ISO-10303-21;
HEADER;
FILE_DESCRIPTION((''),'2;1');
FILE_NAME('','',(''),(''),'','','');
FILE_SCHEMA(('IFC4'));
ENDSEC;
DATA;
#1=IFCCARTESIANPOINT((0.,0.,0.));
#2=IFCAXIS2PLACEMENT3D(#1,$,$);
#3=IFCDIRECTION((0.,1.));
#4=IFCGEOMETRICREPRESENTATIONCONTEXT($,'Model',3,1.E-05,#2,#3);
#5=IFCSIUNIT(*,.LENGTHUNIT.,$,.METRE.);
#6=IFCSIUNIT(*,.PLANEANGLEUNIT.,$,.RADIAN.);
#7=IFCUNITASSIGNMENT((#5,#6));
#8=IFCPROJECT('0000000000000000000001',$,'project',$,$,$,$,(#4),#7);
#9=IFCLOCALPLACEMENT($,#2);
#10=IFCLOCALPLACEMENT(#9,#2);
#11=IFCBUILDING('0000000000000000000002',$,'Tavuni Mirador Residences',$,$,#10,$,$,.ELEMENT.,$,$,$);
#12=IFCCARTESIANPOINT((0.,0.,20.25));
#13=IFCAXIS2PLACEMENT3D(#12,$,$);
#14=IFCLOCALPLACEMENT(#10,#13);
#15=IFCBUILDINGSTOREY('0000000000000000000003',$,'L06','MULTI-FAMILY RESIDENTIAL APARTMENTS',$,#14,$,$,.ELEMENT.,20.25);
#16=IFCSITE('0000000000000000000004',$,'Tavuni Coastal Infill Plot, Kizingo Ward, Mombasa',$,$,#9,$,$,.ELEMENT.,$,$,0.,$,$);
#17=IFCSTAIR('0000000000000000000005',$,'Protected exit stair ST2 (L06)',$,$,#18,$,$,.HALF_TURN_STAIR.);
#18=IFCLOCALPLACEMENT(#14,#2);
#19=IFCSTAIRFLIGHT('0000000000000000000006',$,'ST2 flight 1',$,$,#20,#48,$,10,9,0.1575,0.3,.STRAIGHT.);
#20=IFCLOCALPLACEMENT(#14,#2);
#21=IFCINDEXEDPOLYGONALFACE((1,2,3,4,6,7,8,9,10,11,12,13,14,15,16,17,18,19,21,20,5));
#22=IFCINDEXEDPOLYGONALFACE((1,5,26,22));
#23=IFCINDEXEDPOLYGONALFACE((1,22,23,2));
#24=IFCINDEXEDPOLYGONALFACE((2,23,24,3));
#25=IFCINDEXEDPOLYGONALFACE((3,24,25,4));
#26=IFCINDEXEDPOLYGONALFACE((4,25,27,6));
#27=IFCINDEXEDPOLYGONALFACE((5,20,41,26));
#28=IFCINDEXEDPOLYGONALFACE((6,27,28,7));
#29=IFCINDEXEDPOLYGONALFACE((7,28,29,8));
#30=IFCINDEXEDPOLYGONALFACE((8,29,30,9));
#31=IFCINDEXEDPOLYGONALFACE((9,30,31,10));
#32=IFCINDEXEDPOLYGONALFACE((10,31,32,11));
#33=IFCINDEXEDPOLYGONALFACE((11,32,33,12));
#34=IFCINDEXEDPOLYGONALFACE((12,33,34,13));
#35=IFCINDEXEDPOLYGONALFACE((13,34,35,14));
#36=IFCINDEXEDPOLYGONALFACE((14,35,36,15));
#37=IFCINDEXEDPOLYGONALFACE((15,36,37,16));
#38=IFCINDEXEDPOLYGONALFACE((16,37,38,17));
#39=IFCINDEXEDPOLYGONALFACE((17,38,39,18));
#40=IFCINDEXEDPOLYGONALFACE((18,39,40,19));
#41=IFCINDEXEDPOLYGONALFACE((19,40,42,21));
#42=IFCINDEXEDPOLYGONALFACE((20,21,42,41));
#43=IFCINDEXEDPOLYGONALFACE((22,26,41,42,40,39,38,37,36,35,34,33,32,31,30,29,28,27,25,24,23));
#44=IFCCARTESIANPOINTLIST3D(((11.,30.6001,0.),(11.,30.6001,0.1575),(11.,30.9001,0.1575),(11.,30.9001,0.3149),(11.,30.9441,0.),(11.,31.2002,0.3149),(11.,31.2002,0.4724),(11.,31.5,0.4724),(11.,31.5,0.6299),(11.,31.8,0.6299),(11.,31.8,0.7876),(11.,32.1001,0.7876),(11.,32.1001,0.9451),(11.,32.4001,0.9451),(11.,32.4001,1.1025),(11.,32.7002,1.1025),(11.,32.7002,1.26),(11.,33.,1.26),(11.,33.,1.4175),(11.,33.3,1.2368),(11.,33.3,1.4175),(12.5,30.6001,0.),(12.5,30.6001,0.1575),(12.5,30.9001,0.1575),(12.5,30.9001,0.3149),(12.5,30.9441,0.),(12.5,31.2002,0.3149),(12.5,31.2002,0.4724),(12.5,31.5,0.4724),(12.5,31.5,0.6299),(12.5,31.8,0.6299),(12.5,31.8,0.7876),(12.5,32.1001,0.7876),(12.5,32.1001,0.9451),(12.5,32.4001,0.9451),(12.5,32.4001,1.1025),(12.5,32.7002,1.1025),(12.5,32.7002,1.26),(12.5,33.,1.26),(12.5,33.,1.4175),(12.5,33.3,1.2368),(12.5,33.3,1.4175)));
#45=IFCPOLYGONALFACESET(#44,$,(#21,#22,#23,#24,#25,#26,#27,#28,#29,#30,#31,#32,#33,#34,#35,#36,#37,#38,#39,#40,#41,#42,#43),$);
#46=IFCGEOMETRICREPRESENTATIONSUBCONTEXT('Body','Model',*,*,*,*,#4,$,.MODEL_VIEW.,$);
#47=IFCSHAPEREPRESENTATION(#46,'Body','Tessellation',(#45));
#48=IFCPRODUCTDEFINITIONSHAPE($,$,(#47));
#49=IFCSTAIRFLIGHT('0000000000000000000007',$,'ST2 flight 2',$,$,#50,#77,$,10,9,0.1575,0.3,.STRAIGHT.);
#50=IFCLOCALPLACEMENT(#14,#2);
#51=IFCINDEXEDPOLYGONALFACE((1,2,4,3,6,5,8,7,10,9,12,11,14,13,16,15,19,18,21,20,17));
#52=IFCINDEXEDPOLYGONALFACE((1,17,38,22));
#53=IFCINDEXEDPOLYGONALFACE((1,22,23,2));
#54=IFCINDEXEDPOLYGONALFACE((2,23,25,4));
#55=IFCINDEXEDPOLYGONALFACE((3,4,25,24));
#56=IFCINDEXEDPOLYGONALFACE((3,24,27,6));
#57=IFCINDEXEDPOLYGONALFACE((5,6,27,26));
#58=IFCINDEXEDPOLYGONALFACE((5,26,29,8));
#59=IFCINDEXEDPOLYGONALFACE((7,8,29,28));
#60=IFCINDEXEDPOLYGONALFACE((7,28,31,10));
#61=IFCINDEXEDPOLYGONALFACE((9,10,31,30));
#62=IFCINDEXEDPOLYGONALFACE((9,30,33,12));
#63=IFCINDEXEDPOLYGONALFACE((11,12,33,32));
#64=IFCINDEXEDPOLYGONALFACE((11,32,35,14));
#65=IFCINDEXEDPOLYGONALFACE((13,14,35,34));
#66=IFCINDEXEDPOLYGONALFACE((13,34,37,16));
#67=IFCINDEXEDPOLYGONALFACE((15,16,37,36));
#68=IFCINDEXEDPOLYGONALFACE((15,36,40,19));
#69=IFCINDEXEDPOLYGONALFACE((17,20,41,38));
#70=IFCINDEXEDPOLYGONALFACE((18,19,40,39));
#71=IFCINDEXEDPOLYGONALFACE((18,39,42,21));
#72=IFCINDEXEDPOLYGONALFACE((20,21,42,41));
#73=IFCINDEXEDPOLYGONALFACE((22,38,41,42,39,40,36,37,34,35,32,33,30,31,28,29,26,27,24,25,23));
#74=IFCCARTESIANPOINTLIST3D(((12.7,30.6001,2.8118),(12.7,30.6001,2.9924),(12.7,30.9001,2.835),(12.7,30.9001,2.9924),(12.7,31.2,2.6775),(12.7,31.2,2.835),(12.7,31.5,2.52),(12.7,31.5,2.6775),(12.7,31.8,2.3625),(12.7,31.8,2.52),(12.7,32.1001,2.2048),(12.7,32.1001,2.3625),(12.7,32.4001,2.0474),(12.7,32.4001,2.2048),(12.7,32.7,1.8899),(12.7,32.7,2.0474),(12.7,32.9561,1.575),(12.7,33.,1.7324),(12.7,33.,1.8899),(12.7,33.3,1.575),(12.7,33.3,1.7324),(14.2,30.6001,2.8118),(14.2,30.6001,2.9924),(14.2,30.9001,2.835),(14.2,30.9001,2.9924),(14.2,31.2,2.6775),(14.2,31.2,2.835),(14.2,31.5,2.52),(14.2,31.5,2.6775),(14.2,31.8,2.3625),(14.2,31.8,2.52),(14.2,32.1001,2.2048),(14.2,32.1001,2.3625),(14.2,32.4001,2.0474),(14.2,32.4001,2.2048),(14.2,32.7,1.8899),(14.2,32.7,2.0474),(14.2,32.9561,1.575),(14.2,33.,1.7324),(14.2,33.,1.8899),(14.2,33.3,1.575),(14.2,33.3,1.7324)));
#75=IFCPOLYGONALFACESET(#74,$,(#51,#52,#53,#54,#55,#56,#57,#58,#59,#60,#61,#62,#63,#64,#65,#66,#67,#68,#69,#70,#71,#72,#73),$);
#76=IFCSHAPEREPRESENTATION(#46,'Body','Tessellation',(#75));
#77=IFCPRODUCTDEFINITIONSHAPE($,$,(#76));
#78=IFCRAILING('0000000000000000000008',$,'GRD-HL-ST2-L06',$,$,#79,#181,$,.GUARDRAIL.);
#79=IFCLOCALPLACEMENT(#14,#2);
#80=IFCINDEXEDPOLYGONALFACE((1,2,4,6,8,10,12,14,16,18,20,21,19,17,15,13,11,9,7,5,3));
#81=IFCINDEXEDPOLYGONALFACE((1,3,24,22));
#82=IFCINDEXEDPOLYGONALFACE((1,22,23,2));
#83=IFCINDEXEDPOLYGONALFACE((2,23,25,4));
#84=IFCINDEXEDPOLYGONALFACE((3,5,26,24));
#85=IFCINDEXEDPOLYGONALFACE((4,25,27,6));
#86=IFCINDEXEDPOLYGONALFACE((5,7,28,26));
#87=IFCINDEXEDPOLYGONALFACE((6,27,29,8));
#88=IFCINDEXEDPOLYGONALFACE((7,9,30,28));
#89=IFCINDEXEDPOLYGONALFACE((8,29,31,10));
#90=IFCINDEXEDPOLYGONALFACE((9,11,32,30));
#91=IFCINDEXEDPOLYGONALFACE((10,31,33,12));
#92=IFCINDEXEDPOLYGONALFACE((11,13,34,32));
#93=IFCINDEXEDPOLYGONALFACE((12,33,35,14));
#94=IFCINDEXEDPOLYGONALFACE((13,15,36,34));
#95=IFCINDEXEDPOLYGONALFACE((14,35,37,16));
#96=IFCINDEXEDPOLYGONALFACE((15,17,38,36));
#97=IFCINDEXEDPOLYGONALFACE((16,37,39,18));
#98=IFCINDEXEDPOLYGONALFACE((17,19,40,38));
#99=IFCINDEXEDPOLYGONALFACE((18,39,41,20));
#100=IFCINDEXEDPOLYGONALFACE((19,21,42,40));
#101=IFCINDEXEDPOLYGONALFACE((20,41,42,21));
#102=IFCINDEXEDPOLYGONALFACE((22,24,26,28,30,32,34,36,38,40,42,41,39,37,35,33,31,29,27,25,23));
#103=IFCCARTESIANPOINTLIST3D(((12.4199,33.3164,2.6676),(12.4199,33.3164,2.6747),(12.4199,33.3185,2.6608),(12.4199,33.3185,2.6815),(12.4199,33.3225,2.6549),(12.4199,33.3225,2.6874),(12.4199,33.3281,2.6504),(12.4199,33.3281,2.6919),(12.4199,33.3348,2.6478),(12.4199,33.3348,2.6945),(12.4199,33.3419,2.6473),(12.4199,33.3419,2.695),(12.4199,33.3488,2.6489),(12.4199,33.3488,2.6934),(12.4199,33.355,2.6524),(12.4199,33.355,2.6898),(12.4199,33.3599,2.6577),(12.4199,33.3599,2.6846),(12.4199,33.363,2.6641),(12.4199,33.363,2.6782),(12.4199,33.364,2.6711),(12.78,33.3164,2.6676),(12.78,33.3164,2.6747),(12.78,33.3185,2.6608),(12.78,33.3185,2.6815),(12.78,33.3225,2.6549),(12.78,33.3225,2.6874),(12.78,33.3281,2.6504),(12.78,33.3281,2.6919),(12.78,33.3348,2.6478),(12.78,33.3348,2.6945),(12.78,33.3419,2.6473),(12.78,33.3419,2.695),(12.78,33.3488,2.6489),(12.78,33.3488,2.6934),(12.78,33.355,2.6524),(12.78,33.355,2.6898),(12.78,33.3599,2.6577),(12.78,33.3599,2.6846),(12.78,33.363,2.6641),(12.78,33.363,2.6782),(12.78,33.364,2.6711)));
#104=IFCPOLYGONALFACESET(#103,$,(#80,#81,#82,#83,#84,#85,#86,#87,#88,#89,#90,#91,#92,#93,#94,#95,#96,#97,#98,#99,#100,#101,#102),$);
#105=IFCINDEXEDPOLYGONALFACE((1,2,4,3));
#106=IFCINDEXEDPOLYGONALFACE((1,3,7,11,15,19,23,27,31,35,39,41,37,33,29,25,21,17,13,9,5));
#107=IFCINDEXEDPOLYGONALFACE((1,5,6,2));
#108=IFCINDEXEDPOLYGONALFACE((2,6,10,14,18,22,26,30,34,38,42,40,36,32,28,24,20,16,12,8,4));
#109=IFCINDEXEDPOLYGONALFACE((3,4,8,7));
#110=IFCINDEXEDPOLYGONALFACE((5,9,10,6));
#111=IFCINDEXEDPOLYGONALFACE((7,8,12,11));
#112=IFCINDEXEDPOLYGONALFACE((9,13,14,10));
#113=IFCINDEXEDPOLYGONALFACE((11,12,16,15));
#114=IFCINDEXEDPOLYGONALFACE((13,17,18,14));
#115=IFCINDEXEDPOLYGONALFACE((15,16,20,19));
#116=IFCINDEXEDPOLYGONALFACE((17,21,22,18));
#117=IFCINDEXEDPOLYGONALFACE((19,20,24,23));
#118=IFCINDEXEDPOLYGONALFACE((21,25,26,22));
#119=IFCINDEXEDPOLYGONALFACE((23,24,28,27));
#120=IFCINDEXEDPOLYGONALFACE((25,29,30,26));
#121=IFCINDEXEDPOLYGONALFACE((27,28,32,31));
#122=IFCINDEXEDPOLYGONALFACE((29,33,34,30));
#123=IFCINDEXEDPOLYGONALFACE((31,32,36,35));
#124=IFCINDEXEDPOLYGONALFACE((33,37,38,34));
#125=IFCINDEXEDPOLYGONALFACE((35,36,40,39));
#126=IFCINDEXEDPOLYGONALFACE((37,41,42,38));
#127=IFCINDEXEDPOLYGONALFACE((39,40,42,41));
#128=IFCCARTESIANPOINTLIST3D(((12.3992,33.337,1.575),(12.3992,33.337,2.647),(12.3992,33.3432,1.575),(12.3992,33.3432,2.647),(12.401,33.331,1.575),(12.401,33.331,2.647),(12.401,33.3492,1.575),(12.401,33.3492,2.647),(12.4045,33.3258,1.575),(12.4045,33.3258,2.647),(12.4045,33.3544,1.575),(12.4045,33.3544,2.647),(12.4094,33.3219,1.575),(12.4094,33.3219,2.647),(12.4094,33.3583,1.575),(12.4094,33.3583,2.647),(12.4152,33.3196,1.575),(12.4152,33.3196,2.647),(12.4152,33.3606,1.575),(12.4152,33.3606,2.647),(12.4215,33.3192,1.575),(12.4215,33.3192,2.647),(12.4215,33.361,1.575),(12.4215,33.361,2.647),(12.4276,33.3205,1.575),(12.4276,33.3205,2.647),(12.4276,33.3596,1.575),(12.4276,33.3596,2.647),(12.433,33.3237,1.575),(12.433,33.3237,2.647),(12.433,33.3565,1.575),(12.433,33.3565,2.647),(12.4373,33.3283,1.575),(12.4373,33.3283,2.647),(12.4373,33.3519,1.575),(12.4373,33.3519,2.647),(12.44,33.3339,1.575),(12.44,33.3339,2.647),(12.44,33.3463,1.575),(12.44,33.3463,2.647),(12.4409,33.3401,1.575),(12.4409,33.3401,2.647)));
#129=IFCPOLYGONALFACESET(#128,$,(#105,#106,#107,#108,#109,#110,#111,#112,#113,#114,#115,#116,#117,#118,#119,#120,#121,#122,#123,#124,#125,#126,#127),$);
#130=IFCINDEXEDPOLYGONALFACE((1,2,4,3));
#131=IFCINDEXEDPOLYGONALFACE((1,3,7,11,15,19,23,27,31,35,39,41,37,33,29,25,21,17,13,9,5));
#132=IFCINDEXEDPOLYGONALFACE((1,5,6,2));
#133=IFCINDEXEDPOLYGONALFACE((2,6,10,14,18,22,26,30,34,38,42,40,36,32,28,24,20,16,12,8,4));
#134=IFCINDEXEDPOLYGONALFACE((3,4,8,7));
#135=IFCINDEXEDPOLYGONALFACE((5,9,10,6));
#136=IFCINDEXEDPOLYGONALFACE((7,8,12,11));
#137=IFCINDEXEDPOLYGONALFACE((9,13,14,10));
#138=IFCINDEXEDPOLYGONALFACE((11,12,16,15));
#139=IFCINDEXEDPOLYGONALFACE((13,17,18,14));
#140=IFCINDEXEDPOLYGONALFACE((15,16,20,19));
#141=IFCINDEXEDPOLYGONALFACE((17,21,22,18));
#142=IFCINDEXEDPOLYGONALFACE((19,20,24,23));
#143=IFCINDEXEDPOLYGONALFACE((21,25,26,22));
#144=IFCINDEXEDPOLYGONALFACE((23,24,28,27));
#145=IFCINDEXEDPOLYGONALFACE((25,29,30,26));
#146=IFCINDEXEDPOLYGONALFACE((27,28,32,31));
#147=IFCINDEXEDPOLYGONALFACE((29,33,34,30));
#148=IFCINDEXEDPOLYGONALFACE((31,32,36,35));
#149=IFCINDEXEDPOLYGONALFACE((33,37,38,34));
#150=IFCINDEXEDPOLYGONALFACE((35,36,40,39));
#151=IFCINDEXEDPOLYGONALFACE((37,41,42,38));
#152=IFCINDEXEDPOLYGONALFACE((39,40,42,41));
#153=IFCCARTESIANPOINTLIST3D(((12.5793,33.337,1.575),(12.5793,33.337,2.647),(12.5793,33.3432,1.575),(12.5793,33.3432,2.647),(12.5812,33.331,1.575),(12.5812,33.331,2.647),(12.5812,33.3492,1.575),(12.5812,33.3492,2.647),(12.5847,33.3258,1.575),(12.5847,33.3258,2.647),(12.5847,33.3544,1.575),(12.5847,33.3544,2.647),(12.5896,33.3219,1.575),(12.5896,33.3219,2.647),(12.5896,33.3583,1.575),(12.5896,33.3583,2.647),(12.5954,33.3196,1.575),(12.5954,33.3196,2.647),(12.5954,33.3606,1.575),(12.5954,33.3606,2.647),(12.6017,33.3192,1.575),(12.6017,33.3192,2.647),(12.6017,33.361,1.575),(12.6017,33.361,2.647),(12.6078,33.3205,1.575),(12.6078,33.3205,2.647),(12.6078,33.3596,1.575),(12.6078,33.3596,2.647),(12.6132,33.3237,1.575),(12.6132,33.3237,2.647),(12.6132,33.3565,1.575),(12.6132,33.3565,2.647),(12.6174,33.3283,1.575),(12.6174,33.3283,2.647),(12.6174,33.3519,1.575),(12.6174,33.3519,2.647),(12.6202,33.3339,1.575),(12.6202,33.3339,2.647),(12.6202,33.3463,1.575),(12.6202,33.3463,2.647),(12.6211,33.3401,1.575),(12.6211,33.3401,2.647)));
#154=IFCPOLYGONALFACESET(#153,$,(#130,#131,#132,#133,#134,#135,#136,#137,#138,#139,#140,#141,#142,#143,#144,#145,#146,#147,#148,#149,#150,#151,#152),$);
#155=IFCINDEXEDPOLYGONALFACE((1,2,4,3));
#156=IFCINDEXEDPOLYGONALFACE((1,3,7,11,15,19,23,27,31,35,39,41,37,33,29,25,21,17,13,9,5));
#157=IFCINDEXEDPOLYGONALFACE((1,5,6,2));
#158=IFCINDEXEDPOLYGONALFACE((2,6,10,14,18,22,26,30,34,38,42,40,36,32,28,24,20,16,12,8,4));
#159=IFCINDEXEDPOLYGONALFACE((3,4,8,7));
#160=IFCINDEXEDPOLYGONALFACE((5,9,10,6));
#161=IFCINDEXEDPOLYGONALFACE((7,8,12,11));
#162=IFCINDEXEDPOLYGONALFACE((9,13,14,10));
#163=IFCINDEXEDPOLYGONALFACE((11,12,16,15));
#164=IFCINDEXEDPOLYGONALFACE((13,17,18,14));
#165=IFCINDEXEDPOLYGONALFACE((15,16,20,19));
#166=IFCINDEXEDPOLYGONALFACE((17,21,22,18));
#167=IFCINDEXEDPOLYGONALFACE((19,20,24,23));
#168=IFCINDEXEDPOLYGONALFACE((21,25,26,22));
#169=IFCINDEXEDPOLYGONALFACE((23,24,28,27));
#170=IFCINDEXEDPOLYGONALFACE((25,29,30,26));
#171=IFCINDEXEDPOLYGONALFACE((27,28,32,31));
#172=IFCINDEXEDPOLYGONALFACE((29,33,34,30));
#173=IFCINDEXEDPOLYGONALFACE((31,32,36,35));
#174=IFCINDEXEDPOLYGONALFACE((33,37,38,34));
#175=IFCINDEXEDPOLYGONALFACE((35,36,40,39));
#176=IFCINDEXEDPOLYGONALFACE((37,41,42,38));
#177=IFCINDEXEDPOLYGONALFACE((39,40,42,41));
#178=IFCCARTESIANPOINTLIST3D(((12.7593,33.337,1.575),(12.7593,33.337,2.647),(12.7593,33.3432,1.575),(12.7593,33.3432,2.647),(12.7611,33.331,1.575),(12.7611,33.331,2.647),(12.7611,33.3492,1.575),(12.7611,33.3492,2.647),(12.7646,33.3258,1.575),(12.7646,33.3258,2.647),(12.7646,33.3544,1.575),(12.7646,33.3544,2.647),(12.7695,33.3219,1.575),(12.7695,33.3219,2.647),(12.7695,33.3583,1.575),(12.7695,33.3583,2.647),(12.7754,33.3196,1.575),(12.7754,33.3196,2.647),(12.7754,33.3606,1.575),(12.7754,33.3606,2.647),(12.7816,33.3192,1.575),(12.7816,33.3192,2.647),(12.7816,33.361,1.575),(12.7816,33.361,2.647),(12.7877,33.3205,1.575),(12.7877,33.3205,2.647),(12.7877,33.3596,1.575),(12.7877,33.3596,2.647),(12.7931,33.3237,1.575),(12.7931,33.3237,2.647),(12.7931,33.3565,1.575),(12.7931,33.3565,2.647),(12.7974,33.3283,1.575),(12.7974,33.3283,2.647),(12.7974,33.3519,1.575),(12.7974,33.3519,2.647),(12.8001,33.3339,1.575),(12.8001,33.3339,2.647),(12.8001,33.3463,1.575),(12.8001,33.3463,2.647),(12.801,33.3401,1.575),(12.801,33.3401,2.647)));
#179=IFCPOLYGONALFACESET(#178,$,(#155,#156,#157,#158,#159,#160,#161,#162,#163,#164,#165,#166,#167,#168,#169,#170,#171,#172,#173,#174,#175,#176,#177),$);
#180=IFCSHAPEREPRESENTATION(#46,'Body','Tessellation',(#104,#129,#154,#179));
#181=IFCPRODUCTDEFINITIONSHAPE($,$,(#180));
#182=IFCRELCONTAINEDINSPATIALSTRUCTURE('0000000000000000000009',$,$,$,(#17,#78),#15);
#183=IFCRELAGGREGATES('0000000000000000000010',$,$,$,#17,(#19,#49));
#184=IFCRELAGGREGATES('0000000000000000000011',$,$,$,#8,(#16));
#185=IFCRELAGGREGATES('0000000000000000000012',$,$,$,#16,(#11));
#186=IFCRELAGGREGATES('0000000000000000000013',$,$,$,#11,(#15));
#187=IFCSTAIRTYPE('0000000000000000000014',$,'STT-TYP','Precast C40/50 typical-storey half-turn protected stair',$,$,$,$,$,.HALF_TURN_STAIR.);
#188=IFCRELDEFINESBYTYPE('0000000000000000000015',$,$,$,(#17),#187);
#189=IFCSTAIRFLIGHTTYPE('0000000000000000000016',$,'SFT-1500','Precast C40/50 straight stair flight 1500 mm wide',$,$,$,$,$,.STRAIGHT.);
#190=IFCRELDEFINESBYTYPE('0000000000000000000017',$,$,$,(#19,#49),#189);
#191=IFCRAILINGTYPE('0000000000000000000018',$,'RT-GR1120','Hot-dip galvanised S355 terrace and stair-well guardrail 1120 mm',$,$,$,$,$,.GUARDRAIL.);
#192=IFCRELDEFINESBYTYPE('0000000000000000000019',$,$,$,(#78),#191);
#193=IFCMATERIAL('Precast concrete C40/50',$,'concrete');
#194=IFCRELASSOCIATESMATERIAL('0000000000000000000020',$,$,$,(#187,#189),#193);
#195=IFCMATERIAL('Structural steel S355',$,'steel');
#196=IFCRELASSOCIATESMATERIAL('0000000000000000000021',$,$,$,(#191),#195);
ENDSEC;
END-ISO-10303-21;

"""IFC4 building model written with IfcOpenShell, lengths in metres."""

from ifc_helpers import new_model, si_unit, direction, frame, origin, origin_2d, place, context, subcontext, project, spatial, polyline, circle, outline, extrude, material, type_object, element, aggregate, save


model = new_model("IFC4")

# Units and contexts
model_context = context("Model", 3, precision=1e-05, world=origin(), true_north=direction((0.0, 1.0)))
body_context = subcontext(model_context, "Body", "Model", "MODEL_VIEW")
ifc_project = project(units=[si_unit("LENGTHUNIT", "METRE"), si_unit("PLANEANGLEUNIT", "RADIAN")], contexts=[model_context])

# Site, building, storey
site_placement = place(None, origin())
site = spatial("IfcSite", under=ifc_project, at=site_placement, Name="Tavuni Coastal Infill Plot, Kizingo Ward, Mombasa", CompositionType="ELEMENT", RefElevation=0.0)
building_placement = place(site_placement, origin())
building = spatial("IfcBuilding", under=site, at=building_placement, Name="Tavuni Mirador Residences", CompositionType="ELEMENT")
storey_placement = place(building_placement, frame((0.0, 0.0, 20.25)))
storey = spatial("IfcBuildingStorey", under=building, at=storey_placement, Name="L06", Description="MULTI-FAMILY RESIDENTIAL APARTMENTS", CompositionType="ELEMENT", Elevation=20.25)

# Shared definitions
ifc_material_1 = material(Name="Precast concrete C40/50", Category="concrete")

# Shared definitions
ifc_material_2 = material(Name="Structural steel S355", Category="steel")

# Stair, stair flights
stair_type = type_object("IfcStairType", Name="STT-TYP", Description="Precast C40/50 typical-storey half-turn protected stair", PredefinedType="HALF_TURN_STAIR", material=ifc_material_1)
stair_placement = place(storey_placement, origin())
stair = element("IfcStair", 1, at=stair_placement, inside=storey, type_object=stair_type, Name="Protected exit stair ST2 (L06)", PredefinedType="HALF_TURN_STAIR")
stair_flight_type = type_object("IfcStairFlightType", Name="SFT-1500", Description="Precast C40/50 straight stair flight 1500 mm wide", PredefinedType="STRAIGHT", material=ifc_material_1)
stair_flight_1_placement = place(storey_placement, frame((11.75, 30.6001, 0.0), z_axis=(0.0, 0.0, 1.0), x_axis=(0.0, 1.0, 0.0)))
stair_flight_1 = element("IfcStairFlight", 2, at=stair_flight_1_placement, type_object=stair_flight_type, Name="ST2 flight 1", NumberOfRisers=10, NumberOfTreads=9, PredefinedType="STRAIGHT", RiserHeight=0.1575, TreadLength=0.3, context=body_context, shape_type="SweptSolid", body=[
    extrude(outline(polyline([(0.0, 0.0), (0.0, 0.1575), (0.3, 0.1575), (0.3, 0.3149), (0.6001, 0.3149), (0.6001, 0.4724), (0.8999, 0.4724), (0.8999, 0.6299), (1.2, 0.6299), (1.2, 0.7876), (1.5, 0.7876), (1.5, 0.9451), (1.8, 0.9451), (1.8, 1.1025), (2.1001, 1.1025), (2.1001, 1.26), (2.3999, 1.26), (2.3999, 1.4175), (2.7, 1.4175), (2.7, 1.575), (2.7, 1.2368), (0.344, 0.0), (0.0, 0.0)])), frame((0.0, 0.75, 0.0), z_axis=(0.0, -1.0, 0.0), x_axis=(1.0, 0.0, 0.0)), (0.0, 0.0, 1.0), 1.5),
])
stair_flight_2_placement = place(storey_placement, frame((13.45, 33.3, 1.575), z_axis=(0.0, 0.0, 1.0), x_axis=(0.0, -1.0, 0.0)))
stair_flight_2 = element("IfcStairFlight", 3, at=stair_flight_2_placement, type_object=stair_flight_type, Name="ST2 flight 2", NumberOfRisers=10, NumberOfTreads=9, PredefinedType="STRAIGHT", RiserHeight=0.1575, TreadLength=0.3, context=body_context, shape_type="SweptSolid", body=[
    extrude(outline(polyline([(0.0, 0.0), (0.0, 0.1575), (0.3, 0.1575), (0.3, 0.3149), (0.6001, 0.3149), (0.6001, 0.4724), (0.8999, 0.4724), (0.8999, 0.6299), (1.2, 0.6299), (1.2, 0.7876), (1.5, 0.7876), (1.5, 0.9451), (1.8, 0.9451), (1.8, 1.1025), (2.1001, 1.1025), (2.1001, 1.26), (2.3999, 1.26), (2.3999, 1.4175), (2.7, 1.4175), (2.7, 1.575), (2.7, 1.2368), (0.344, 0.0), (0.0, 0.0)])), frame((0.0, 0.75, 0.0), z_axis=(0.0, -1.0, 0.0), x_axis=(1.0, 0.0, 0.0)), (0.0, 0.0, 1.0), 1.5),
])
aggregate(stair, [stair_flight_1, stair_flight_2])

# Railing
railing_type_1 = type_object("IfcRailingType", Name="RT-GR1120", Description="Hot-dip galvanised S355 terrace and stair-well guardrail 1120 mm", PredefinedType="GUARDRAIL", material=ifc_material_2)
railing_1_placement = place(storey_placement, frame((12.4199, 33.3401, 1.575)))
element("IfcRailing", 4, at=railing_1_placement, inside=storey, type_object=railing_type_1, Name="GRD-HL-ST2-L06", PredefinedType="GUARDRAIL", context=body_context, shape_type="SweptSolid", body=[
    extrude(circle(Radius=0.0239, at=origin_2d()), frame((0.0, 0.0, 1.0962), z_axis=(1.0, 0.0, 0.0), x_axis=(0.0, 1.0, 0.0)), (0.0, 0.0, 1.0), 0.3601),
    extrude(circle(Radius=0.021, at=origin_2d()), origin(), (0.0, 0.0, 1.0), 1.072),
    extrude(circle(Radius=0.021, at=origin_2d()), frame((0.1802, 0.0, 0.0)), (0.0, 0.0, 1.0), 1.072),
    extrude(circle(Radius=0.021, at=origin_2d()), frame((0.3601, 0.0, 0.0)), (0.0, 0.0, 1.0), 1.072),
])

save(model, "model.ifc")
